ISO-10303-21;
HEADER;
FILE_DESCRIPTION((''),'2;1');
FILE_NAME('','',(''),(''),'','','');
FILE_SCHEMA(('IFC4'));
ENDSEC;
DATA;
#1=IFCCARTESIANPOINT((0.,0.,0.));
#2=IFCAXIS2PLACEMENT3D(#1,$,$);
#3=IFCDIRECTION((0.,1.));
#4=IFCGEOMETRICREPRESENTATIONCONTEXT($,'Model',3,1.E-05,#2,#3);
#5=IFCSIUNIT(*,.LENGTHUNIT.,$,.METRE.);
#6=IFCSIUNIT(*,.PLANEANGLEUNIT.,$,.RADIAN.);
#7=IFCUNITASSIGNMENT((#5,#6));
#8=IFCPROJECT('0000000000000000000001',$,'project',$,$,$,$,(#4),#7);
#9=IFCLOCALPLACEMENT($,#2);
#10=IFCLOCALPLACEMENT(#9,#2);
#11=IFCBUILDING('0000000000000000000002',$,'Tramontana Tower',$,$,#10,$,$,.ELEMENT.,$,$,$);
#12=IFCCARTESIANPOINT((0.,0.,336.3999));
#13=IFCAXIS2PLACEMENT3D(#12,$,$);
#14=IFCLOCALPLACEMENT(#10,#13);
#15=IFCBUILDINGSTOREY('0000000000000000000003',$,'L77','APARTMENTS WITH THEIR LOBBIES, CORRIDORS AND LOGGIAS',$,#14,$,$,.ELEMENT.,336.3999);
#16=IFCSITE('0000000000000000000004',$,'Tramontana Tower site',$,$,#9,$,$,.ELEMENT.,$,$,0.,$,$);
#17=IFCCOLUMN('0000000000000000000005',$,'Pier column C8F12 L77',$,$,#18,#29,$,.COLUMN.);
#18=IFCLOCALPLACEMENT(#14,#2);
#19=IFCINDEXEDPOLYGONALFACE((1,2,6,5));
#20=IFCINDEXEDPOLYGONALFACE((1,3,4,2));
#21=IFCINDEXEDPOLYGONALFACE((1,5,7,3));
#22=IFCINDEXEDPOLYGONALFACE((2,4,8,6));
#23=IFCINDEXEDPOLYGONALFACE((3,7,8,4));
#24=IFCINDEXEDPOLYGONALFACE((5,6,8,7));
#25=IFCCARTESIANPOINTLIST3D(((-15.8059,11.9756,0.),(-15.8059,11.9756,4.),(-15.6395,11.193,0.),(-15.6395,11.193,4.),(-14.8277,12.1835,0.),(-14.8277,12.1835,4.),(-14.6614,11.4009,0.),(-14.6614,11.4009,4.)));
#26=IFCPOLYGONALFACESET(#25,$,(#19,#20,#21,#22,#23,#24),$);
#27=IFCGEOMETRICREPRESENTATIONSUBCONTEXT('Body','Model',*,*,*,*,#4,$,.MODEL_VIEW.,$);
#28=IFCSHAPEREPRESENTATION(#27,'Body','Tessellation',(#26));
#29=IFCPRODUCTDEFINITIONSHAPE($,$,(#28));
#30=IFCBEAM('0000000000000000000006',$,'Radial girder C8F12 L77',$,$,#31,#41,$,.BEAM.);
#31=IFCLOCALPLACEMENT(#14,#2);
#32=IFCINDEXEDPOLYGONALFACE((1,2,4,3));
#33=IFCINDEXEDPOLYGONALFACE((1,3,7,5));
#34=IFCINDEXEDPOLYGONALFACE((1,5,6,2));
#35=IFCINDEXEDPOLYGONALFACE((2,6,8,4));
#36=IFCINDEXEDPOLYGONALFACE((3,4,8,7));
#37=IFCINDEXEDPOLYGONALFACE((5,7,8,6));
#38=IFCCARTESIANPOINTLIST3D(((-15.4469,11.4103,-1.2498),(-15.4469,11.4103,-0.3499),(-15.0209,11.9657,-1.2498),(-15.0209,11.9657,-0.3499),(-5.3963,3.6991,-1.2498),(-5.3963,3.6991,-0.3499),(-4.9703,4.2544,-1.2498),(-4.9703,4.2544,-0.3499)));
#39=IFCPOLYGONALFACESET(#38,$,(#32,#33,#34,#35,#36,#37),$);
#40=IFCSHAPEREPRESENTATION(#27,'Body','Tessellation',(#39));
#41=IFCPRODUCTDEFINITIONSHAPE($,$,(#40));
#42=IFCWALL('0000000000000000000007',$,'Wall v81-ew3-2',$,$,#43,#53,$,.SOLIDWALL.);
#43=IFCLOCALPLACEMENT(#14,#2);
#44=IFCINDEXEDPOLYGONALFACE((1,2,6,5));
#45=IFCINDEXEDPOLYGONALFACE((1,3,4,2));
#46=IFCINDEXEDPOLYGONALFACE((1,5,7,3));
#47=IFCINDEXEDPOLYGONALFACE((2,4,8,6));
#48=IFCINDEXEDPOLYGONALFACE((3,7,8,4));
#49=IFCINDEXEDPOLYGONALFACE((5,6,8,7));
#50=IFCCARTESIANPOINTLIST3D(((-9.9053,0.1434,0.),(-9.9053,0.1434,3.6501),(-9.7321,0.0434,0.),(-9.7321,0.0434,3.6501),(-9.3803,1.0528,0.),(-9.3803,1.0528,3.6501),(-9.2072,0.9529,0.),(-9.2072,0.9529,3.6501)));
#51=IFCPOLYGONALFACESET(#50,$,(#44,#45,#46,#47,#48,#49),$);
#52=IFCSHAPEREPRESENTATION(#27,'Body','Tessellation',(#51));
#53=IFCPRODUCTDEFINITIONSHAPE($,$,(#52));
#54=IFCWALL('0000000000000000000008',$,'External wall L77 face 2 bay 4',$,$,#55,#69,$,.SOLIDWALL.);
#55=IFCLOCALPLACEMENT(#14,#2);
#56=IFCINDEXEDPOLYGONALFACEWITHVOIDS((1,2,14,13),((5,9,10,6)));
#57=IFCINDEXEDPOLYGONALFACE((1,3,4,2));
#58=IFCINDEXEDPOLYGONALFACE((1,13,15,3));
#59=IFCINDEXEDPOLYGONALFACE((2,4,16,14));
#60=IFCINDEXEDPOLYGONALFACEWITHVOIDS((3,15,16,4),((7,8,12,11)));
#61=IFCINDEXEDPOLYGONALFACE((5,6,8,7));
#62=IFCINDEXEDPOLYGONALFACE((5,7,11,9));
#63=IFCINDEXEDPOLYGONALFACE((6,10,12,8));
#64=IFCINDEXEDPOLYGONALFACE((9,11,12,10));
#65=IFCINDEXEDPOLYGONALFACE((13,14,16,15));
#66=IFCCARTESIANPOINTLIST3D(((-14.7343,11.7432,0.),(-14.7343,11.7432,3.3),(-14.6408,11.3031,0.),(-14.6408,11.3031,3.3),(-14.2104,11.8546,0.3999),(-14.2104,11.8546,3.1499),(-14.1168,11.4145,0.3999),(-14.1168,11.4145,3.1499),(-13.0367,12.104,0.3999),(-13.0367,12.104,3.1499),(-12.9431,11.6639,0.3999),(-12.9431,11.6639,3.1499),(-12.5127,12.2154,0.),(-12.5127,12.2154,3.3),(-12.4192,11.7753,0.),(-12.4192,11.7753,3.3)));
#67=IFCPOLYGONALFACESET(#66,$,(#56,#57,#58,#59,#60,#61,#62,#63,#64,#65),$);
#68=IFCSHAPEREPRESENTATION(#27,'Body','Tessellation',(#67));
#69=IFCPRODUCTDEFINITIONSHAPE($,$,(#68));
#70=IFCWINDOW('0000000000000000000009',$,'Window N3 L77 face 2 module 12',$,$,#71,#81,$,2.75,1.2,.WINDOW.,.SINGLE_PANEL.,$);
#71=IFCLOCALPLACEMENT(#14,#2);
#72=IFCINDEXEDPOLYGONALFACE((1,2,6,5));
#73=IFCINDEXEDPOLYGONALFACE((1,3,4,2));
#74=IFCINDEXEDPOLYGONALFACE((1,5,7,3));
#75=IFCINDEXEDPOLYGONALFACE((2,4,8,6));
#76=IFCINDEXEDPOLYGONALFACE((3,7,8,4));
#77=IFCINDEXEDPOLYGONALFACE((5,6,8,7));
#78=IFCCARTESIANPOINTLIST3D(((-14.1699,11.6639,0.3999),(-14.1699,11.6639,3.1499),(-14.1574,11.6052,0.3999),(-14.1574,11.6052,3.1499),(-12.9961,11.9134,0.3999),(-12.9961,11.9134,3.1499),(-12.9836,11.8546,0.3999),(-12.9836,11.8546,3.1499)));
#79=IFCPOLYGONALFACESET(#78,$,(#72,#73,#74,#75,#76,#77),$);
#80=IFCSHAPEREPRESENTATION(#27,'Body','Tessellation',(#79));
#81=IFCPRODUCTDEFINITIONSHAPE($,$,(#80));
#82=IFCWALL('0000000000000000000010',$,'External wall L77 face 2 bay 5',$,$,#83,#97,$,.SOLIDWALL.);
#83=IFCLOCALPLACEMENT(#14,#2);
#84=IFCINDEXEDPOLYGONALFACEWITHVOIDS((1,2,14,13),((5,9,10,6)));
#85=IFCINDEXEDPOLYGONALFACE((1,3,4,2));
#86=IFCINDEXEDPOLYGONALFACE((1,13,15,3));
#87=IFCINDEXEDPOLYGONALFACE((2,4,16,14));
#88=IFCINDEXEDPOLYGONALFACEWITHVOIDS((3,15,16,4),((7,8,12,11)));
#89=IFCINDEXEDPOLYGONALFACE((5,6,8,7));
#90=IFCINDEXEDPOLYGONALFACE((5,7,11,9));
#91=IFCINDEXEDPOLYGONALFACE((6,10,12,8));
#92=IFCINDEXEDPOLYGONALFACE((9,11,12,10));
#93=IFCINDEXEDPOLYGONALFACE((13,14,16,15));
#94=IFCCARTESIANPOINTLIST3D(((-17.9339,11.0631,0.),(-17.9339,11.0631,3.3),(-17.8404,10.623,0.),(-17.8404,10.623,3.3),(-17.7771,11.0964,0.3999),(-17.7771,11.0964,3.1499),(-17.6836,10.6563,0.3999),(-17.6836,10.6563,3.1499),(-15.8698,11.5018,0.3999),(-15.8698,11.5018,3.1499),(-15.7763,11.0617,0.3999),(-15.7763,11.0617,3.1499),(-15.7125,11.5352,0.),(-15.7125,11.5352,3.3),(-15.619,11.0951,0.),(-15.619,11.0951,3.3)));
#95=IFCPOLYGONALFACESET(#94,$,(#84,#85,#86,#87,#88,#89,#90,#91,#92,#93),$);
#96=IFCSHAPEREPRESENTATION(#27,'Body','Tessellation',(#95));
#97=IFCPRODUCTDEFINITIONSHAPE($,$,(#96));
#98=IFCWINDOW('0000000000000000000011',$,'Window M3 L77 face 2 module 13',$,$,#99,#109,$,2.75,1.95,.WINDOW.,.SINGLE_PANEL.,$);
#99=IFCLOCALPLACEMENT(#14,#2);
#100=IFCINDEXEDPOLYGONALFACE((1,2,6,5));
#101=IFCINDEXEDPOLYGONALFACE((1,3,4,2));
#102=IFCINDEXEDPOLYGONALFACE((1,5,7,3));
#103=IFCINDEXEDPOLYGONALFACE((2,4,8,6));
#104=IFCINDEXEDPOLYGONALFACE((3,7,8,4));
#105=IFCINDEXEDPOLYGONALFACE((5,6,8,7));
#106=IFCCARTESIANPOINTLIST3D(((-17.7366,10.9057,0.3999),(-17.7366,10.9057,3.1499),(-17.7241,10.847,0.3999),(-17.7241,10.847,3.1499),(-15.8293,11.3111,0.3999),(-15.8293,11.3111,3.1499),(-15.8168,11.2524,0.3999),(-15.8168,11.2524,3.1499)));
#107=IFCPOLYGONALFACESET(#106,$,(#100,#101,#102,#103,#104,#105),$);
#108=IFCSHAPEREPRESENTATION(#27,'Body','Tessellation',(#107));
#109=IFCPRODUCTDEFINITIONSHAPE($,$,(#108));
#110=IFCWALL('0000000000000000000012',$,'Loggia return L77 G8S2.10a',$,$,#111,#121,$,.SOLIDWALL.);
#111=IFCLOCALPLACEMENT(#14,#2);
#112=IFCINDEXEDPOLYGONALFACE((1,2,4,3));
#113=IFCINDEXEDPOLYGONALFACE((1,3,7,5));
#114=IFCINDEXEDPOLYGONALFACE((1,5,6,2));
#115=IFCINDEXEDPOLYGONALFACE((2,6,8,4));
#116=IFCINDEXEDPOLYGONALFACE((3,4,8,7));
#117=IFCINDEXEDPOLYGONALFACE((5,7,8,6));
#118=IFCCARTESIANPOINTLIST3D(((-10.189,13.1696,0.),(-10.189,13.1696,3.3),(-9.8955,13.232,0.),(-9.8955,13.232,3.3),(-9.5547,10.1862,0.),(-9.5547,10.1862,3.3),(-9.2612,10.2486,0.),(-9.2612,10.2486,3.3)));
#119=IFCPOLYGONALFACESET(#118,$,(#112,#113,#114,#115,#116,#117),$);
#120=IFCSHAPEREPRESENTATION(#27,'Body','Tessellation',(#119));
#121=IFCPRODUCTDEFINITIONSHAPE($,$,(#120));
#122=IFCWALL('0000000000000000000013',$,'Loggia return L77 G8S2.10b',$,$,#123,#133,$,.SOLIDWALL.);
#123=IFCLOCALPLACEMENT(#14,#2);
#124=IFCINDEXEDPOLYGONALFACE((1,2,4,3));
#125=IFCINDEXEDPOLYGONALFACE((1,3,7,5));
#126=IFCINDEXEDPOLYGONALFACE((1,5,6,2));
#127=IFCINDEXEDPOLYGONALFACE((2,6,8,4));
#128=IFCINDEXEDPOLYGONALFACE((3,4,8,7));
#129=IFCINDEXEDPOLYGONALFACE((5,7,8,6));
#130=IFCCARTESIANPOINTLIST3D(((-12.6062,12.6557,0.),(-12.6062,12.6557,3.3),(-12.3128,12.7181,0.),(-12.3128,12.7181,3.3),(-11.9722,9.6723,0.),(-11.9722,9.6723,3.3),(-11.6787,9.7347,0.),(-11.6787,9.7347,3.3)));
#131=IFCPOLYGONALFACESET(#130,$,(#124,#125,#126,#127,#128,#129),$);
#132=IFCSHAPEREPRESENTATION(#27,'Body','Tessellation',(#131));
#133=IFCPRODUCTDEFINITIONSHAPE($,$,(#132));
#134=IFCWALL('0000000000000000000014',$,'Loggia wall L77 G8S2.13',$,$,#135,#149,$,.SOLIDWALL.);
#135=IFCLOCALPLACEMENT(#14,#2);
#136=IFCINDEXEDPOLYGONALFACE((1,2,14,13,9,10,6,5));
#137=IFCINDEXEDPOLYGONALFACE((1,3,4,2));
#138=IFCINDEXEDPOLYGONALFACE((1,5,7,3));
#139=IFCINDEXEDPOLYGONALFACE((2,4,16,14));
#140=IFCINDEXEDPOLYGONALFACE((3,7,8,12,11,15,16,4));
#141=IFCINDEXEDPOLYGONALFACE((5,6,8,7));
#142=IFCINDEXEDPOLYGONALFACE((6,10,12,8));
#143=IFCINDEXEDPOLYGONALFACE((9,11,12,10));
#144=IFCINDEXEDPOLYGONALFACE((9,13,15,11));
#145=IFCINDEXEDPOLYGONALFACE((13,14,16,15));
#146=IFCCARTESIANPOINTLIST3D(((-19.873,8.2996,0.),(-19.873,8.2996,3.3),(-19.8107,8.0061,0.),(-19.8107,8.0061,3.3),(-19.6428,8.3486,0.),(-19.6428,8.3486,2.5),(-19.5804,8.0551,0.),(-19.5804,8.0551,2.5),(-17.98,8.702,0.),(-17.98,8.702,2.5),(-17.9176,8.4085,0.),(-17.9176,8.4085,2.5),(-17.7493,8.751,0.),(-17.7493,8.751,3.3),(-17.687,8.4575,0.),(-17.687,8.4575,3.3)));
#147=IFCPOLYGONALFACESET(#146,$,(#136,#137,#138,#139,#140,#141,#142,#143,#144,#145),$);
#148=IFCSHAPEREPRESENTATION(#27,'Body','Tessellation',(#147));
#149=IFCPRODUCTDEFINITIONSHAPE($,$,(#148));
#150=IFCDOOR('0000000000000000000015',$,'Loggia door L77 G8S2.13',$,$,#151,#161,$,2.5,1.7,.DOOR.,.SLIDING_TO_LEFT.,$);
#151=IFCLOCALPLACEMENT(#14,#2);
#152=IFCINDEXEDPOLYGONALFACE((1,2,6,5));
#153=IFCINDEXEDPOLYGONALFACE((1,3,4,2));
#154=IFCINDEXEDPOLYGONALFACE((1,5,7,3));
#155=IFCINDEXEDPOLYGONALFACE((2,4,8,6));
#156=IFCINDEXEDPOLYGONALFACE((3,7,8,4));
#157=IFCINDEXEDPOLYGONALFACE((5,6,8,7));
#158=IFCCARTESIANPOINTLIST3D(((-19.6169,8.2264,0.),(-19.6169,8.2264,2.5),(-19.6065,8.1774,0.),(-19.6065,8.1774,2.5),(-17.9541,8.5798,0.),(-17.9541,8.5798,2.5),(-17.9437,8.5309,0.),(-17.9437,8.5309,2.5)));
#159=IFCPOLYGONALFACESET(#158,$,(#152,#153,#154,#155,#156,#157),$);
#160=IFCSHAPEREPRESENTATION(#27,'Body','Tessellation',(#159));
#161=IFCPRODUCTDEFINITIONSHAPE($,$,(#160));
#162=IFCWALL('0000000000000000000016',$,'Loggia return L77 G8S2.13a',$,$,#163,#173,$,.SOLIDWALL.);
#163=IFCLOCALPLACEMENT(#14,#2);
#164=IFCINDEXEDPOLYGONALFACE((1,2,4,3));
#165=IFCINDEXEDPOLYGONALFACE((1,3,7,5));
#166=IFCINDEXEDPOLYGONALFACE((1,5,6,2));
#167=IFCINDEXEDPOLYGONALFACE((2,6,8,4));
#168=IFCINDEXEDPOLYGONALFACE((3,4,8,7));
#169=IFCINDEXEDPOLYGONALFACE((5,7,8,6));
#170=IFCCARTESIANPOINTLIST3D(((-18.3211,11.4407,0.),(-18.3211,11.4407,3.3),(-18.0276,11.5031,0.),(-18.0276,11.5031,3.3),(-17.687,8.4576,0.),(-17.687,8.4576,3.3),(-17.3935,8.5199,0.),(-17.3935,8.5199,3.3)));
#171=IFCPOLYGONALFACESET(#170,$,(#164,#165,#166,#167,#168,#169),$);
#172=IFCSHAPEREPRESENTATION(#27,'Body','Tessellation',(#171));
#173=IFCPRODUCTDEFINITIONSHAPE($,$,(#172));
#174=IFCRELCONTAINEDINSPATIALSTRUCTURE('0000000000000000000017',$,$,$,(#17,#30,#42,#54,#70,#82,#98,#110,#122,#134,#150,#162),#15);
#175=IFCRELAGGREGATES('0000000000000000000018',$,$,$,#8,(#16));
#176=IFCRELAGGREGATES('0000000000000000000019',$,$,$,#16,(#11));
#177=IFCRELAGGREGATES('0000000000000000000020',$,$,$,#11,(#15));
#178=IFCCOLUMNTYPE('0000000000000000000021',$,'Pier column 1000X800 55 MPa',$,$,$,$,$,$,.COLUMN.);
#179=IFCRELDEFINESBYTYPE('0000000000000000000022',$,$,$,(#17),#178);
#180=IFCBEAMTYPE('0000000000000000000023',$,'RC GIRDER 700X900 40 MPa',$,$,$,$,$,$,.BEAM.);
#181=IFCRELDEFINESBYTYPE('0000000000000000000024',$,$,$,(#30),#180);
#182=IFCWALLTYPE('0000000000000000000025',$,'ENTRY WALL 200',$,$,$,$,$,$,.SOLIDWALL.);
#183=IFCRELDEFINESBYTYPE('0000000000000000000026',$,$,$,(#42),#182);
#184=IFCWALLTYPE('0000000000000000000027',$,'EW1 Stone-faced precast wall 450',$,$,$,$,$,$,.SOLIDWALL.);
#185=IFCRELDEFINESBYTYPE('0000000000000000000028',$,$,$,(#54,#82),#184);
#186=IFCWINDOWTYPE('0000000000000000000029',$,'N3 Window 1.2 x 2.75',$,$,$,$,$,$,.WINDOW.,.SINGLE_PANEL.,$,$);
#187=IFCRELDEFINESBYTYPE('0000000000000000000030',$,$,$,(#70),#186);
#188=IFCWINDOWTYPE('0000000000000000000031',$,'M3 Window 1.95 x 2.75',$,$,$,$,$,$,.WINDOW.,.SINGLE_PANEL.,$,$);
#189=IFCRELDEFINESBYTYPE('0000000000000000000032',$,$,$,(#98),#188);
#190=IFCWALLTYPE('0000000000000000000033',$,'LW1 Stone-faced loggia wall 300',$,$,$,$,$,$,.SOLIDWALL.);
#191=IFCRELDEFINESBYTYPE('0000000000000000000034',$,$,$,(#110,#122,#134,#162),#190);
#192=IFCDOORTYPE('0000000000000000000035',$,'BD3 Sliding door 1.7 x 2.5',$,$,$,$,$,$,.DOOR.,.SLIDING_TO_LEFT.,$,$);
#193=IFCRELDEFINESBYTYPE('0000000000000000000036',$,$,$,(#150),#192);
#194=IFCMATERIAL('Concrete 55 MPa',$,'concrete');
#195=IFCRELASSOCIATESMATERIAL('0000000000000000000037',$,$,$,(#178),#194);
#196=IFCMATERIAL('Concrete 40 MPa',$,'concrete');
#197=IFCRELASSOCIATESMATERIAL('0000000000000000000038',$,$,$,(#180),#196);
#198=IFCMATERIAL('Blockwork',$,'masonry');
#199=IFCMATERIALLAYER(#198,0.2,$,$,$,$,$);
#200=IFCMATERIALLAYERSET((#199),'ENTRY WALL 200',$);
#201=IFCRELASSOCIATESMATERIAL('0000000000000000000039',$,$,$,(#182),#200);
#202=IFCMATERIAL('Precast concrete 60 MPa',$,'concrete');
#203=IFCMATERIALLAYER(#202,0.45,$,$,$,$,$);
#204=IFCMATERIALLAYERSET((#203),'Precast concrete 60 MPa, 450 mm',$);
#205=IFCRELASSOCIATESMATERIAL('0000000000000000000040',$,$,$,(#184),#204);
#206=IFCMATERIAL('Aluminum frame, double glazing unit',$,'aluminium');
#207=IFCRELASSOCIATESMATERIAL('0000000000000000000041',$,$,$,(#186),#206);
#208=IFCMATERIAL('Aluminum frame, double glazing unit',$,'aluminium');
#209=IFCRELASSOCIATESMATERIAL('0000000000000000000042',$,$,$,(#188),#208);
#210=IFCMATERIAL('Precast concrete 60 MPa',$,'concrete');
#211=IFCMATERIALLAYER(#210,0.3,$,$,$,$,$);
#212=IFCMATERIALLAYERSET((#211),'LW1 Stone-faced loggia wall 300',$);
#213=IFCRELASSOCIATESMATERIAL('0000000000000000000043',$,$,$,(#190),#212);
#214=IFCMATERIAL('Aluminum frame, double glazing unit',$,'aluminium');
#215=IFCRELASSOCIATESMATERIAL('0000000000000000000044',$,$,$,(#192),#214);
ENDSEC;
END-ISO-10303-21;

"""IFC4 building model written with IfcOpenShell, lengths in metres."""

from ifc_helpers import new_model, si_unit, direction, frame, frame_2d, origin, origin_2d, place, context, subcontext, project, spatial, rectangle, extrude, material, layer, layer_set, material_profile, profile_set, type_object, element, fill, save


model = new_model("IFC4")

# Units and contexts
model_context = context("Model", 3, precision=1e-05, world=origin(), true_north=direction((0.0, 1.0)))
body_context = subcontext(model_context, "Body", "Model", "MODEL_VIEW")
ifc_project = project(units=[si_unit("LENGTHUNIT", "METRE"), si_unit("PLANEANGLEUNIT", "RADIAN")], contexts=[model_context])

# Site, building, storey
site_placement = place(None, origin())
site = spatial("IfcSite", under=ifc_project, at=site_placement, Name="Tramontana Tower site", CompositionType="ELEMENT", RefElevation=0.0)
building_placement = place(site_placement, origin())
building = spatial("IfcBuilding", under=site, at=building_placement, Name="Tramontana Tower", CompositionType="ELEMENT")
storey_placement = place(building_placement, frame((0.0, 0.0, 336.3999)))
storey = spatial("IfcBuildingStorey", under=building, at=storey_placement, Name="L77", Description="APARTMENTS WITH THEIR LOBBIES, CORRIDORS AND LOGGIAS", CompositionType="ELEMENT", Elevation=336.3999)

# Column
ifc_material_1 = material(Name="Concrete 55 MPa", Category="concrete")
ifc_material_profile_1 = material_profile(ifc_material_1, rectangle(XDim=1.0, YDim=0.8, at=origin_2d()), Name="Pier column 1000X800 55 MPa")
ifc_profile_set_1 = profile_set([ifc_material_profile_1], Name="Concrete 55 MPa")
column_type = type_object("IfcColumnType", Name="Pier column 1000X800 55 MPa", PredefinedType="COLUMN", material=ifc_profile_set_1)
column_placement = place(storey_placement, frame((-15.2336, 11.6882, 0.0), z_axis=(0.0, 0.0, 1.0), x_axis=(-0.978148, -0.207912, 0.0)))
element("IfcColumn", 1, at=column_placement, inside=storey, type_object=column_type, Name="Pier column C8F12 L77", PredefinedType="COLUMN", context=body_context, shape_type="SweptSolid", body=[
    extrude(rectangle(XDim=1.0, YDim=0.8, at=origin_2d()), origin(), (0.0, 0.0, 1.0), 4.0),
])

# Beam
ifc_material_2 = material(Name="Concrete 40 MPa", Category="concrete")
ifc_material_profile_2 = material_profile(ifc_material_2, rectangle(XDim=0.7, YDim=0.8999, at=origin_2d()), Name="RC GIRDER 700X900 40 MPa")
ifc_profile_set_2 = profile_set([ifc_material_profile_2], Name="Concrete 40 MPa")
beam_type = type_object("IfcBeamType", Name="RC GIRDER 700X900 40 MPa", PredefinedType="BEAM", material=ifc_profile_set_2)
beam_placement = place(storey_placement, frame((-15.2339, 11.688, -0.7998), z_axis=(0.793386, -0.608718, 0.0), x_axis=(0.608718, 0.793386, 0.0)))
element("IfcBeam", 2, at=beam_placement, inside=storey, type_object=beam_type, Name="Radial girder C8F12 L77", PredefinedType="BEAM", context=body_context, shape_type="SweptSolid", body=[
    extrude(rectangle(XDim=0.7, YDim=0.8999, at=origin_2d()), origin(), (0.0, 0.0, 1.0), 12.668),
])

# Wall
ifc_material_3 = material(Name="Blockwork", Category="masonry")
ifc_layer_1 = layer(ifc_material_3, 0.2)
ifc_layer_set_1 = layer_set([ifc_layer_1], Name="ENTRY WALL 200")
wall_type_1 = type_object("IfcWallType", Name="ENTRY WALL 200", PredefinedType="SOLIDWALL", material=ifc_layer_set_1)
wall_1_placement = place(storey_placement, frame((-9.8186, 0.0935, 0.0), z_axis=(0.0, 0.0, 1.0), x_axis=(0.49989, 0.866089, 0.0)))
element("IfcWall", 3, at=wall_1_placement, inside=storey, type_object=wall_type_1, Name="Wall v81-ew3-2", PredefinedType="SOLIDWALL", context=body_context, shape_type="SweptSolid", body=[
    extrude(rectangle(XDim=1.05, YDim=0.2, at=frame_2d((0.5249, 0.0))), origin(), (0.0, 0.0, 1.0), 3.6501),
])

# Walls, openings, windows
ifc_material_4 = material(Name="Precast concrete 60 MPa", Category="concrete")
ifc_layer_2 = layer(ifc_material_4, 0.45)
ifc_layer_set_2 = layer_set([ifc_layer_2], Name="Precast concrete 60 MPa, 450 mm")
wall_type_2 = type_object("IfcWallType", Name="EW1 Stone-faced precast wall 450", PredefinedType="SOLIDWALL", material=ifc_layer_set_2)
wall_2_placement = place(storey_placement, frame((-12.4658, 11.9954, 0.0), z_axis=(0.0, 0.0, 1.0), x_axis=(-0.978153, -0.207884, 0.0)))
wall_2 = element("IfcWall", 4, at=wall_2_placement, inside=storey, type_object=wall_type_2, Name="External wall L77 face 2 bay 4", PredefinedType="SOLIDWALL", context=body_context, shape_type="SweptSolid", body=[
    extrude(rectangle(XDim=2.2712, YDim=0.45, at=frame_2d((1.1357, 0.0))), origin(), (0.0, 0.0, 1.0), 3.3),
])
opening_1_placement = place(wall_2_placement, frame((0.5356, 0.0, 0.3999)))
opening_1 = element("IfcOpeningElement", 5, at=opening_1_placement, cuts=wall_2, PredefinedType="OPENING", context=body_context, shape_type="SweptSolid", body=[
    extrude(rectangle(XDim=1.2, YDim=2.75, at=frame_2d((0.6001, 1.375))), frame((0.0, 0.2349, 0.0), z_axis=(0.0, -1.0, 0.0), x_axis=(1.0, 0.0, 0.0)), (0.0, 0.0, 1.0), 0.47),
])
ifc_material_5 = material(Name="Aluminum frame, double glazing unit", Category="aluminium")
window_type_1 = type_object("IfcWindowType", Name="N3 Window 1.2 x 2.75", PartitioningType="SINGLE_PANEL", PredefinedType="WINDOW", material=ifc_material_5)
window_1_placement = place(opening_1_placement, origin())
window_1 = element("IfcWindow", 6, at=window_1_placement, inside=storey, type_object=window_type_1, Name="Window N3 L77 face 2 module 12", OverallHeight=2.75, OverallWidth=1.2, PartitioningType="SINGLE_PANEL", PredefinedType="WINDOW", context=body_context, shape_type="SweptSolid", body=[
    extrude(rectangle(XDim=1.2, YDim=2.75, at=frame_2d((0.6001, 1.375))), frame((0.0, 0.03, 0.0), z_axis=(0.0, -1.0, 0.0), x_axis=(1.0, 0.0, 0.0)), (0.0, 0.0, 1.0), 0.0601),
])
fill(opening_1, window_1)
wall_3_placement = place(storey_placement, frame((-15.6658, 11.3152, 0.0), z_axis=(0.0, 0.0, 1.0), x_axis=(-0.978149, -0.207906, 0.0)))
wall_3 = element("IfcWall", 7, at=wall_3_placement, inside=storey, type_object=wall_type_2, Name="External wall L77 face 2 bay 5", PredefinedType="SOLIDWALL", context=body_context, shape_type="SweptSolid", body=[
    extrude(rectangle(XDim=2.271, YDim=0.45, at=frame_2d((1.1355, 0.0))), origin(), (0.0, 0.0, 1.0), 3.3),
])
opening_2_placement = place(wall_3_placement, frame((0.1606, 0.0, 0.3999)))
opening_2 = element("IfcOpeningElement", 8, at=opening_2_placement, cuts=wall_3, PredefinedType="OPENING", context=body_context, shape_type="SweptSolid", body=[
    extrude(rectangle(XDim=1.95, YDim=2.75, at=frame_2d((0.9751, 1.375))), frame((0.0, 0.2349, 0.0), z_axis=(0.0, -1.0, 0.0), x_axis=(1.0, 0.0, 0.0)), (0.0, 0.0, 1.0), 0.47),
])
ifc_material_6 = material(Name="Aluminum frame, double glazing unit", Category="aluminium")
window_type_2 = type_object("IfcWindowType", Name="M3 Window 1.95 x 2.75", PartitioningType="SINGLE_PANEL", PredefinedType="WINDOW", material=ifc_material_6)
window_2_placement = place(opening_2_placement, origin())
window_2 = element("IfcWindow", 9, at=window_2_placement, inside=storey, type_object=window_type_2, Name="Window M3 L77 face 2 module 13", OverallHeight=2.75, OverallWidth=1.95, PartitioningType="SINGLE_PANEL", PredefinedType="WINDOW", context=body_context, shape_type="SweptSolid", body=[
    extrude(rectangle(XDim=1.95, YDim=2.75, at=frame_2d((0.9751, 1.375))), frame((0.0, 0.03, 0.0), z_axis=(0.0, -1.0, 0.0), x_axis=(1.0, 0.0, 0.0)), (0.0, 0.0, 1.0), 0.0601),
])
fill(opening_2, window_2)

# Walls
ifc_material_7 = material(Name="Precast concrete 60 MPa", Category="concrete")
ifc_layer_3 = layer(ifc_material_7, 0.3)
ifc_layer_set_3 = layer_set([ifc_layer_3], Name="LW1 Stone-faced loggia wall 300")
wall_type_3 = type_object("IfcWallType", Name="LW1 Stone-faced loggia wall 300", PredefinedType="SOLIDWALL", material=ifc_layer_set_3)
for number, where, z_axis, x_axis, name in (
    (10, (-10.0422, 13.2007, 0.0), (0.0, 0.0, 1.0), (0.207954, -0.978139, 0.0), "Loggia return L77 G8S2.10a"),
    (11, (-12.4595, 12.6868, 0.0), (0.0, 0.0, 1.0), (0.207878, -0.978155, 0.0), "Loggia return L77 G8S2.10b"),
):
    element("IfcWall", number, at=place(storey_placement, frame(where, z_axis=z_axis, x_axis=x_axis)), inside=storey, type_object=wall_type_3, Name=name, PredefinedType="SOLIDWALL", context=body_context, shape_type="SweptSolid", body=[
        extrude(rectangle(XDim=3.05, YDim=0.3, at=frame_2d((1.5249, 0.0))), origin(), (0.0, 0.0, 1.0), 3.3),
    ])

# Wall, opening, door
wall_4_placement = place(storey_placement, frame((-17.7183, 8.6042, 0.0), z_axis=(0.0, 0.0, 1.0), x_axis=(-0.978148, -0.207909, 0.0)))
wall_4 = element("IfcWall", 12, at=wall_4_placement, inside=storey, type_object=wall_type_3, Name="Loggia wall L77 G8S2.13", PredefinedType="SOLIDWALL", context=body_context, shape_type="SweptSolid", body=[
    extrude(rectangle(XDim=2.1711, YDim=0.3, at=frame_2d((1.0854, 0.0))), origin(), (0.0, 0.0, 1.0), 3.3),
])
opening_3_placement = place(wall_4_placement, frame((0.2356, 0.0, 0.0)))
opening_3 = element("IfcOpeningElement", 13, at=opening_3_placement, cuts=wall_4, PredefinedType="OPENING", context=body_context, shape_type="SweptSolid", body=[
    extrude(rectangle(XDim=1.7, YDim=2.5, at=frame_2d((0.8501, 1.25))), frame((0.0, 0.1599, 0.0), z_axis=(0.0, -1.0, 0.0), x_axis=(1.0, 0.0, 0.0)), (0.0, 0.0, 1.0), 0.3201),
])
ifc_material_8 = material(Name="Aluminum frame, double glazing unit", Category="aluminium")
door_type_1 = type_object("IfcDoorType", Name="BD3 Sliding door 1.7 x 2.5", OperationType="SLIDING_TO_LEFT", PredefinedType="DOOR", material=ifc_material_8)
door_1_placement = place(opening_3_placement, origin())
door_1 = element("IfcDoor", 14, at=door_1_placement, inside=storey, type_object=door_type_1, Name="Loggia door L77 G8S2.13", OperationType="SLIDING_TO_LEFT", OverallHeight=2.5, OverallWidth=1.7, PredefinedType="DOOR", context=body_context, shape_type="SweptSolid", body=[
    extrude(rectangle(XDim=1.7, YDim=2.5, at=frame_2d((0.8501, 1.25))), frame((0.0, 0.0249, 0.0), z_axis=(0.0, -1.0, 0.0), x_axis=(1.0, 0.0, 0.0)), (0.0, 0.0, 1.0), 0.05),
])
fill(opening_3, door_1)

# Wall
wall_5_placement = place(storey_placement, frame((-18.1743, 11.4719, 0.0), z_axis=(0.0, 0.0, 1.0), x_axis=(0.207894, -0.978151, 0.0)))
element("IfcWall", 15, at=wall_5_placement, inside=storey, type_object=wall_type_3, Name="Loggia return L77 G8S2.13a", PredefinedType="SOLIDWALL", context=body_context, shape_type="SweptSolid", body=[
    extrude(rectangle(XDim=3.0498, YDim=0.3, at=frame_2d((1.5249, 0.0))), origin(), (0.0, 0.0, 1.0), 3.3),
])

save(model, "model.ifc")
